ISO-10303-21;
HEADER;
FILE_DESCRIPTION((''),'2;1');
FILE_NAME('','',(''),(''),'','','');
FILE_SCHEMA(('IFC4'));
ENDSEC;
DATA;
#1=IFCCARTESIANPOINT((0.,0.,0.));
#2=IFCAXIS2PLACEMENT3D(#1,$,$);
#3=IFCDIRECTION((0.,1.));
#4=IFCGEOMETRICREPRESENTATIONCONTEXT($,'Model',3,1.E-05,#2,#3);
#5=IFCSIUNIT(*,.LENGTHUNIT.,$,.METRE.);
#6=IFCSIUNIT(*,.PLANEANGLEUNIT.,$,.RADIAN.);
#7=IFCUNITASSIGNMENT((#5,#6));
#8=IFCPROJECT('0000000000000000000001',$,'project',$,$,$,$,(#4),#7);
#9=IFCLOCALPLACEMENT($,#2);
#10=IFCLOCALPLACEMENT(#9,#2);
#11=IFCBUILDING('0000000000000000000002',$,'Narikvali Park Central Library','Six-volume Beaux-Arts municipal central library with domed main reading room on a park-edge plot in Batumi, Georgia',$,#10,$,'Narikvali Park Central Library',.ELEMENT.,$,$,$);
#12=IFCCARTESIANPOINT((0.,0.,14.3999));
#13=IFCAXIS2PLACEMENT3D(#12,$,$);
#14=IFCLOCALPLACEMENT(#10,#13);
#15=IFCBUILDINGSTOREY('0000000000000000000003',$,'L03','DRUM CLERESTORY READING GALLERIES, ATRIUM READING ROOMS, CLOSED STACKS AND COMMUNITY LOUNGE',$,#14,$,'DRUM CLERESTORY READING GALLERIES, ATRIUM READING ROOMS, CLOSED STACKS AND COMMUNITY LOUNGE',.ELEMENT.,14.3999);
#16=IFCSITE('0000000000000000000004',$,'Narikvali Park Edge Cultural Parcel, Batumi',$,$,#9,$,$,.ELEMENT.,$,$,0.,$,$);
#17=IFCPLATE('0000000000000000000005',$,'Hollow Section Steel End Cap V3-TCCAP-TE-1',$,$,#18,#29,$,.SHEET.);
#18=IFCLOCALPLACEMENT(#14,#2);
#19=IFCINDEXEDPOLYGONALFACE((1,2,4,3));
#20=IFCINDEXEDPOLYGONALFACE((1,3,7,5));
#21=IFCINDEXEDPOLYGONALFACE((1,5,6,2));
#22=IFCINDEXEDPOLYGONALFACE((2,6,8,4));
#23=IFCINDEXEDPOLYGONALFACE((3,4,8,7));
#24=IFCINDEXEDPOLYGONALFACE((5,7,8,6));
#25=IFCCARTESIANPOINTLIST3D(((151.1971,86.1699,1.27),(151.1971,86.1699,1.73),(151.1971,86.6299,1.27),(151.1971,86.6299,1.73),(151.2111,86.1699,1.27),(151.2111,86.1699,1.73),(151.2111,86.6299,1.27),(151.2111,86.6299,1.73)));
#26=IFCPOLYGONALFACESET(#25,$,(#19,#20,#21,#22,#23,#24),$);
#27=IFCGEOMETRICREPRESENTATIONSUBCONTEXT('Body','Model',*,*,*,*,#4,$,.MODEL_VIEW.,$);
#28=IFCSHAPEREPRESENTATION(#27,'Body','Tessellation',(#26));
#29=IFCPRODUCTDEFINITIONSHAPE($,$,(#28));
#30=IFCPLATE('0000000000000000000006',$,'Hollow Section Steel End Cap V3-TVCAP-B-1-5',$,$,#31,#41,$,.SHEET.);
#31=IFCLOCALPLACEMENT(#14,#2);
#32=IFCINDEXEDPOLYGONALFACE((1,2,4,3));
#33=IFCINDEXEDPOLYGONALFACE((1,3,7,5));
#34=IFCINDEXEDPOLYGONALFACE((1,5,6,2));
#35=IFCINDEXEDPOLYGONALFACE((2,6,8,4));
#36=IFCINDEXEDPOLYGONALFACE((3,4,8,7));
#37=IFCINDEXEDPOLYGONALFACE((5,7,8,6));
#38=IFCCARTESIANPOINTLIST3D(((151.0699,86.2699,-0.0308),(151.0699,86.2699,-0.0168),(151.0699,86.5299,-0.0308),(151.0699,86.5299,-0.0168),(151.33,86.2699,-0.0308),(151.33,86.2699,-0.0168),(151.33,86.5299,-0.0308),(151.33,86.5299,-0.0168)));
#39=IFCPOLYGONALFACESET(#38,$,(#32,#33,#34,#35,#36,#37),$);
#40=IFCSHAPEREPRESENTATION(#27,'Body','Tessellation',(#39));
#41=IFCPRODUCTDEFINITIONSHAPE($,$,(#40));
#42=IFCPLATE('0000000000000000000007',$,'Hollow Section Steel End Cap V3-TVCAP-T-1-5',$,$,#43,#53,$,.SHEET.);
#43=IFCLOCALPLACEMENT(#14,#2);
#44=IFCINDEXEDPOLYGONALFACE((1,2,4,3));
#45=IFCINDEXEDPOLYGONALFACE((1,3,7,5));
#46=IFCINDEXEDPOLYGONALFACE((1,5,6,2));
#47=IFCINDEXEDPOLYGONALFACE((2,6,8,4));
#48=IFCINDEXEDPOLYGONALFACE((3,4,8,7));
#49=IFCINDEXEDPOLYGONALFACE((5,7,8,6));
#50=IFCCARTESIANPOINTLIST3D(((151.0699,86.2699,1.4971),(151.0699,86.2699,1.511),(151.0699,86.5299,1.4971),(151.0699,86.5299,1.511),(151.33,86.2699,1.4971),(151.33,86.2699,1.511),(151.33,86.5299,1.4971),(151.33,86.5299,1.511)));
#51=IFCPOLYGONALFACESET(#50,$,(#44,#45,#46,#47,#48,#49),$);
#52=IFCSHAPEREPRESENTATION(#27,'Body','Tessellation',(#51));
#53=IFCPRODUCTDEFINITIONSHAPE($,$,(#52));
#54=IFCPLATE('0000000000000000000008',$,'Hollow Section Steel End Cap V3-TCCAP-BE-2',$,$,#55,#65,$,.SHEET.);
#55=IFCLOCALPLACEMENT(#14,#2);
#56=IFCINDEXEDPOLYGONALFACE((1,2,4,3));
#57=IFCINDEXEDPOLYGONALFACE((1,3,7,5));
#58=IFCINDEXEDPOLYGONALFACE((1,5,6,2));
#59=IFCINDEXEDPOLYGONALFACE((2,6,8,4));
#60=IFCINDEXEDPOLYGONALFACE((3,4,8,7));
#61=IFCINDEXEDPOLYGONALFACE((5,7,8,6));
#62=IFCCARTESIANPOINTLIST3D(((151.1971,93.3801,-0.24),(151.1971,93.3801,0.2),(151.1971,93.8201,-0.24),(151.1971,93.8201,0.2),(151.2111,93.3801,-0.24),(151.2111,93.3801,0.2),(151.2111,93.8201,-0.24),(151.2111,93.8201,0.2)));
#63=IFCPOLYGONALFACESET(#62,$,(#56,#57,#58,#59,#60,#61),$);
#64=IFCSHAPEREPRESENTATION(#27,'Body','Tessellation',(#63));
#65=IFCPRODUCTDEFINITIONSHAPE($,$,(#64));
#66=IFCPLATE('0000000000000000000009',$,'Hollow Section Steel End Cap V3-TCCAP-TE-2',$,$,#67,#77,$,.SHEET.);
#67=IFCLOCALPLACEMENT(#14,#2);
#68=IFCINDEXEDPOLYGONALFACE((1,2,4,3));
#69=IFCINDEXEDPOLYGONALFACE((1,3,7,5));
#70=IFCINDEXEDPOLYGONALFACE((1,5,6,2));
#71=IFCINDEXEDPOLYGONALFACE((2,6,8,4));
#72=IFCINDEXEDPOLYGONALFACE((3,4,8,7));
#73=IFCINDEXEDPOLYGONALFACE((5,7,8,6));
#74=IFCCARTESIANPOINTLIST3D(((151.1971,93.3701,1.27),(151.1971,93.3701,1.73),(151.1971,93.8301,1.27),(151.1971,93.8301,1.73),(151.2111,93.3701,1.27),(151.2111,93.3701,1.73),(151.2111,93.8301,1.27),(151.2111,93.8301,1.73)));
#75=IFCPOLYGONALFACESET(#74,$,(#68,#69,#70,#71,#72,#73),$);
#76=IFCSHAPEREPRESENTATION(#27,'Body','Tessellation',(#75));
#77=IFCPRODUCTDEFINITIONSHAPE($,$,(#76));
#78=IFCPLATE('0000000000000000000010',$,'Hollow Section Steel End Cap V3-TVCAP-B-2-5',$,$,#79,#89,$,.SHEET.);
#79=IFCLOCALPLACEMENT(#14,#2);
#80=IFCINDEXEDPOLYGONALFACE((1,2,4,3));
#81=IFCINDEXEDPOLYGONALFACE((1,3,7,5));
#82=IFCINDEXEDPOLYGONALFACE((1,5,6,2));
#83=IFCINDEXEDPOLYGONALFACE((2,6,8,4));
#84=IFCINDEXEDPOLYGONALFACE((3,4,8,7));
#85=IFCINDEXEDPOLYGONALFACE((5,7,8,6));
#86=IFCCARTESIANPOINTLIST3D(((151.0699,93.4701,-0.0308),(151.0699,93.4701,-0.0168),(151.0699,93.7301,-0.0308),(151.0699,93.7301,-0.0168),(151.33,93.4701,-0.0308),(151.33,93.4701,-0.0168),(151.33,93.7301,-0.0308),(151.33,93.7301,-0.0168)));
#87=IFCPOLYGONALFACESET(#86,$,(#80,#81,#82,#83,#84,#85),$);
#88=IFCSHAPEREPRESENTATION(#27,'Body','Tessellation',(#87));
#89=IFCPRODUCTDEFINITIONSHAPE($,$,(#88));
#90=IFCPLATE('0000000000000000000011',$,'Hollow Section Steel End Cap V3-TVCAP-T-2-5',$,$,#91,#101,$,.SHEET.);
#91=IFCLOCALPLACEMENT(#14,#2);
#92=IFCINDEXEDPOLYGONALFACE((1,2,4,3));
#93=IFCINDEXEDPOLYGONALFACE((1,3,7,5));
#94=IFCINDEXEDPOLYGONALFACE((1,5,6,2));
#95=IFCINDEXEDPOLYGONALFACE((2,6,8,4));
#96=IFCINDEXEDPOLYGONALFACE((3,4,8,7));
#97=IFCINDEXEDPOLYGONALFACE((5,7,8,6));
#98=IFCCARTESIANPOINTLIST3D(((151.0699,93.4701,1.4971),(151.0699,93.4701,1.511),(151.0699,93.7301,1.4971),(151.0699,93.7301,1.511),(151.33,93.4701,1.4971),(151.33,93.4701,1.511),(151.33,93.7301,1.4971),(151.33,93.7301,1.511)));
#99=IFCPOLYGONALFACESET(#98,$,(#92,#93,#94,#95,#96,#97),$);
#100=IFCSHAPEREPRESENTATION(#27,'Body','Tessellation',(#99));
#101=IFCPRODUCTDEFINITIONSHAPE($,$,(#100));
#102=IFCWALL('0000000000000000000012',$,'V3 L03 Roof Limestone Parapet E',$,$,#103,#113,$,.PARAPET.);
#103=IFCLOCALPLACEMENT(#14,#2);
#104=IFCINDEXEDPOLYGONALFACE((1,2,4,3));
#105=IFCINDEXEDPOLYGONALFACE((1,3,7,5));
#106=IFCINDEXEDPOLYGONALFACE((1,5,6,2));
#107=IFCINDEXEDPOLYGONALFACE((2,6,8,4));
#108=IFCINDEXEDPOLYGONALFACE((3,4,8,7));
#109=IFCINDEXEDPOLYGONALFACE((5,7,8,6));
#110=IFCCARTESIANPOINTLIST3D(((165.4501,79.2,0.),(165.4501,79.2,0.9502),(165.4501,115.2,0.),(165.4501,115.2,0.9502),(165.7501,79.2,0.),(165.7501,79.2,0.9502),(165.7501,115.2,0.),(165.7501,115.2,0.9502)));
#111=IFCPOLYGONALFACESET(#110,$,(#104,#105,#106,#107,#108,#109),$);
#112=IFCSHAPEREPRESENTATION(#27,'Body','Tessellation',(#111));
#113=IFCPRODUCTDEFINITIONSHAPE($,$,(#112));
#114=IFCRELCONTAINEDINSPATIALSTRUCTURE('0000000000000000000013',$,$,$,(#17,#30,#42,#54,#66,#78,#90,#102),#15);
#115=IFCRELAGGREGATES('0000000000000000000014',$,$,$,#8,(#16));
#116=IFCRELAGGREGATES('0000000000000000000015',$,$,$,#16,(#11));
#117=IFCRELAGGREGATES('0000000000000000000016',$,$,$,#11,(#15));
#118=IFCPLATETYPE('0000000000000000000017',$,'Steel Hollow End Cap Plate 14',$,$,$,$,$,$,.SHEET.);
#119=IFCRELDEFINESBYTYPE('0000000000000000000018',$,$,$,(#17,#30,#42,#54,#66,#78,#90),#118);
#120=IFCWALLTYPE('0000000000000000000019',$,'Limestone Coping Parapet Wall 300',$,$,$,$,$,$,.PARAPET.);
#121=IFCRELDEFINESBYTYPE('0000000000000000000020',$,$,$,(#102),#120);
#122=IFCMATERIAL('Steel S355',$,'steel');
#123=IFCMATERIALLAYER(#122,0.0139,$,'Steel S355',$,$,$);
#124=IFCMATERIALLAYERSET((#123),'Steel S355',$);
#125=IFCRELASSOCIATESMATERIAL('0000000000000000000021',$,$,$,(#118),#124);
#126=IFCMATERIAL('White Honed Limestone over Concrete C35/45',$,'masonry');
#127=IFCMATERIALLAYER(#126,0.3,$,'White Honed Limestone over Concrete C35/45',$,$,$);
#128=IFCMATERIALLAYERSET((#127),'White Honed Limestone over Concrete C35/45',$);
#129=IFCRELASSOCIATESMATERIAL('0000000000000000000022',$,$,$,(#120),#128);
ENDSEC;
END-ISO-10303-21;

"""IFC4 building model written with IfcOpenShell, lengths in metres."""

from ifc_helpers import new_model, si_unit, direction, frame, frame_2d, origin, origin_2d, place, context, subcontext, project, spatial, rectangle, extrude, material, layer, layer_set, type_object, element, save


model = new_model("IFC4")

# Units and contexts
model_context = context("Model", 3, precision=1e-05, world=origin(), true_north=direction((0.0, 1.0)))
body_context = subcontext(model_context, "Body", "Model", "MODEL_VIEW")
ifc_project = project(units=[si_unit("LENGTHUNIT", "METRE"), si_unit("PLANEANGLEUNIT", "RADIAN")], contexts=[model_context])

# Site, building, storey
site_placement = place(None, origin())
site = spatial("IfcSite", under=ifc_project, at=site_placement, Name="Narikvali Park Edge Cultural Parcel, Batumi", CompositionType="ELEMENT", RefElevation=0.0)
building_placement = place(site_placement, origin())
building = spatial("IfcBuilding", under=site, at=building_placement, Name="Narikvali Park Central Library", Description="Six-volume Beaux-Arts municipal central library with domed main reading room on a park-edge plot in Batumi, Georgia", LongName="Narikvali Park Central Library", CompositionType="ELEMENT")
storey_placement = place(building_placement, frame((0.0, 0.0, 14.3999)))
storey = spatial("IfcBuildingStorey", under=building, at=storey_placement, Name="L03", Description="DRUM CLERESTORY READING GALLERIES, ATRIUM READING ROOMS, CLOSED STACKS AND COMMUNITY LOUNGE", LongName="DRUM CLERESTORY READING GALLERIES, ATRIUM READING ROOMS, CLOSED STACKS AND COMMUNITY LOUNGE", CompositionType="ELEMENT", Elevation=14.3999)

# Shared definitions
ifc_material_1 = material(Name="Steel S355", Category="steel")

# Plates
ifc_layer_1 = layer(ifc_material_1, 0.0139, Name="Steel S355")
ifc_layer_set_1 = layer_set([ifc_layer_1], Name="Steel S355")
plate_type = type_object("IfcPlateType", Name="Steel Hollow End Cap Plate 14", PredefinedType="SHEET", material=ifc_layer_set_1)
plate_1_placement = place(storey_placement, frame((151.2041, 86.3999, 1.27), z_axis=(0.0, 0.0, 1.0), x_axis=(1.0, 0.0, 0.0)))
element("IfcPlate", 1, at=plate_1_placement, inside=storey, type_object=plate_type, Name="Hollow Section Steel End Cap V3-TCCAP-TE-1", PredefinedType="SHEET", context=body_context, shape_type="SweptSolid", body=[
    extrude(rectangle(XDim=0.0139, YDim=0.46, at=origin_2d()), origin(), (0.0, 0.0, 1.0), 0.46),
])
for number, where, z_axis, x_axis, name in (
    (2, (151.2, 86.3999, -0.0308), (0.0, 0.0, 1.0), (1.0, 0.0, 0.0), "Hollow Section Steel End Cap V3-TVCAP-B-1-5"),
    (3, (151.2, 86.3999, 1.4971), (0.0, 0.0, 1.0), (1.0, 0.0, 0.0), "Hollow Section Steel End Cap V3-TVCAP-T-1-5"),
):
    element("IfcPlate", number, at=place(storey_placement, frame(where, z_axis=z_axis, x_axis=x_axis)), inside=storey, type_object=plate_type, Name=name, PredefinedType="SHEET", context=body_context, shape_type="SweptSolid", body=[
        extrude(rectangle(XDim=0.26, YDim=0.26, at=origin_2d()), origin(), (0.0, 0.0, 1.0), 0.0139),
    ])
plate_2_placement = place(storey_placement, frame((151.2041, 93.6001, -0.24), z_axis=(0.0, 0.0, 1.0), x_axis=(1.0, 0.0, 0.0)))
element("IfcPlate", 4, at=plate_2_placement, inside=storey, type_object=plate_type, Name="Hollow Section Steel End Cap V3-TCCAP-BE-2", PredefinedType="SHEET", context=body_context, shape_type="SweptSolid", body=[
    extrude(rectangle(XDim=0.0139, YDim=0.4399, at=origin_2d()), origin(), (0.0, 0.0, 1.0), 0.4399),
])
plate_3_placement = place(storey_placement, frame((151.2041, 93.6001, 1.27), z_axis=(0.0, 0.0, 1.0), x_axis=(1.0, 0.0, 0.0)))
element("IfcPlate", 5, at=plate_3_placement, inside=storey, type_object=plate_type, Name="Hollow Section Steel End Cap V3-TCCAP-TE-2", PredefinedType="SHEET", context=body_context, shape_type="SweptSolid", body=[
    extrude(rectangle(XDim=0.0139, YDim=0.46, at=origin_2d()), origin(), (0.0, 0.0, 1.0), 0.46),
])
for number, where, z_axis, x_axis, name in (
    (6, (151.2, 93.6001, -0.0308), (0.0, 0.0, 1.0), (1.0, 0.0, 0.0), "Hollow Section Steel End Cap V3-TVCAP-B-2-5"),
    (7, (151.2, 93.6001, 1.4971), (0.0, 0.0, 1.0), (1.0, 0.0, 0.0), "Hollow Section Steel End Cap V3-TVCAP-T-2-5"),
):
    element("IfcPlate", number, at=place(storey_placement, frame(where, z_axis=z_axis, x_axis=x_axis)), inside=storey, type_object=plate_type, Name=name, PredefinedType="SHEET", context=body_context, shape_type="SweptSolid", body=[
        extrude(rectangle(XDim=0.26, YDim=0.26, at=origin_2d()), origin(), (0.0, 0.0, 1.0), 0.0139),
    ])

# Wall
ifc_material_2 = material(Name="White Honed Limestone over Concrete C35/45", Category="masonry")
ifc_layer_2 = layer(ifc_material_2, 0.3, Name="White Honed Limestone over Concrete C35/45")
ifc_layer_set_2 = layer_set([ifc_layer_2], Name="White Honed Limestone over Concrete C35/45")
wall_type = type_object("IfcWallType", Name="Limestone Coping Parapet Wall 300", PredefinedType="PARAPET", material=ifc_layer_set_2)
wall_placement = place(storey_placement, frame((165.6001, 79.2, 0.0), z_axis=(0.0, 0.0, 1.0), x_axis=(0.0, 1.0, 0.0)))
element("IfcWall", 8, at=wall_placement, inside=storey, type_object=wall_type, Name="V3 L03 Roof Limestone Parapet E", PredefinedType="PARAPET", context=body_context, shape_type="SweptSolid", body=[
    extrude(rectangle(XDim=36.0, YDim=0.3, at=frame_2d((18.0, 0.0))), origin(), (0.0, 0.0, 1.0), 0.9502),
])

save(model, "model.ifc")
